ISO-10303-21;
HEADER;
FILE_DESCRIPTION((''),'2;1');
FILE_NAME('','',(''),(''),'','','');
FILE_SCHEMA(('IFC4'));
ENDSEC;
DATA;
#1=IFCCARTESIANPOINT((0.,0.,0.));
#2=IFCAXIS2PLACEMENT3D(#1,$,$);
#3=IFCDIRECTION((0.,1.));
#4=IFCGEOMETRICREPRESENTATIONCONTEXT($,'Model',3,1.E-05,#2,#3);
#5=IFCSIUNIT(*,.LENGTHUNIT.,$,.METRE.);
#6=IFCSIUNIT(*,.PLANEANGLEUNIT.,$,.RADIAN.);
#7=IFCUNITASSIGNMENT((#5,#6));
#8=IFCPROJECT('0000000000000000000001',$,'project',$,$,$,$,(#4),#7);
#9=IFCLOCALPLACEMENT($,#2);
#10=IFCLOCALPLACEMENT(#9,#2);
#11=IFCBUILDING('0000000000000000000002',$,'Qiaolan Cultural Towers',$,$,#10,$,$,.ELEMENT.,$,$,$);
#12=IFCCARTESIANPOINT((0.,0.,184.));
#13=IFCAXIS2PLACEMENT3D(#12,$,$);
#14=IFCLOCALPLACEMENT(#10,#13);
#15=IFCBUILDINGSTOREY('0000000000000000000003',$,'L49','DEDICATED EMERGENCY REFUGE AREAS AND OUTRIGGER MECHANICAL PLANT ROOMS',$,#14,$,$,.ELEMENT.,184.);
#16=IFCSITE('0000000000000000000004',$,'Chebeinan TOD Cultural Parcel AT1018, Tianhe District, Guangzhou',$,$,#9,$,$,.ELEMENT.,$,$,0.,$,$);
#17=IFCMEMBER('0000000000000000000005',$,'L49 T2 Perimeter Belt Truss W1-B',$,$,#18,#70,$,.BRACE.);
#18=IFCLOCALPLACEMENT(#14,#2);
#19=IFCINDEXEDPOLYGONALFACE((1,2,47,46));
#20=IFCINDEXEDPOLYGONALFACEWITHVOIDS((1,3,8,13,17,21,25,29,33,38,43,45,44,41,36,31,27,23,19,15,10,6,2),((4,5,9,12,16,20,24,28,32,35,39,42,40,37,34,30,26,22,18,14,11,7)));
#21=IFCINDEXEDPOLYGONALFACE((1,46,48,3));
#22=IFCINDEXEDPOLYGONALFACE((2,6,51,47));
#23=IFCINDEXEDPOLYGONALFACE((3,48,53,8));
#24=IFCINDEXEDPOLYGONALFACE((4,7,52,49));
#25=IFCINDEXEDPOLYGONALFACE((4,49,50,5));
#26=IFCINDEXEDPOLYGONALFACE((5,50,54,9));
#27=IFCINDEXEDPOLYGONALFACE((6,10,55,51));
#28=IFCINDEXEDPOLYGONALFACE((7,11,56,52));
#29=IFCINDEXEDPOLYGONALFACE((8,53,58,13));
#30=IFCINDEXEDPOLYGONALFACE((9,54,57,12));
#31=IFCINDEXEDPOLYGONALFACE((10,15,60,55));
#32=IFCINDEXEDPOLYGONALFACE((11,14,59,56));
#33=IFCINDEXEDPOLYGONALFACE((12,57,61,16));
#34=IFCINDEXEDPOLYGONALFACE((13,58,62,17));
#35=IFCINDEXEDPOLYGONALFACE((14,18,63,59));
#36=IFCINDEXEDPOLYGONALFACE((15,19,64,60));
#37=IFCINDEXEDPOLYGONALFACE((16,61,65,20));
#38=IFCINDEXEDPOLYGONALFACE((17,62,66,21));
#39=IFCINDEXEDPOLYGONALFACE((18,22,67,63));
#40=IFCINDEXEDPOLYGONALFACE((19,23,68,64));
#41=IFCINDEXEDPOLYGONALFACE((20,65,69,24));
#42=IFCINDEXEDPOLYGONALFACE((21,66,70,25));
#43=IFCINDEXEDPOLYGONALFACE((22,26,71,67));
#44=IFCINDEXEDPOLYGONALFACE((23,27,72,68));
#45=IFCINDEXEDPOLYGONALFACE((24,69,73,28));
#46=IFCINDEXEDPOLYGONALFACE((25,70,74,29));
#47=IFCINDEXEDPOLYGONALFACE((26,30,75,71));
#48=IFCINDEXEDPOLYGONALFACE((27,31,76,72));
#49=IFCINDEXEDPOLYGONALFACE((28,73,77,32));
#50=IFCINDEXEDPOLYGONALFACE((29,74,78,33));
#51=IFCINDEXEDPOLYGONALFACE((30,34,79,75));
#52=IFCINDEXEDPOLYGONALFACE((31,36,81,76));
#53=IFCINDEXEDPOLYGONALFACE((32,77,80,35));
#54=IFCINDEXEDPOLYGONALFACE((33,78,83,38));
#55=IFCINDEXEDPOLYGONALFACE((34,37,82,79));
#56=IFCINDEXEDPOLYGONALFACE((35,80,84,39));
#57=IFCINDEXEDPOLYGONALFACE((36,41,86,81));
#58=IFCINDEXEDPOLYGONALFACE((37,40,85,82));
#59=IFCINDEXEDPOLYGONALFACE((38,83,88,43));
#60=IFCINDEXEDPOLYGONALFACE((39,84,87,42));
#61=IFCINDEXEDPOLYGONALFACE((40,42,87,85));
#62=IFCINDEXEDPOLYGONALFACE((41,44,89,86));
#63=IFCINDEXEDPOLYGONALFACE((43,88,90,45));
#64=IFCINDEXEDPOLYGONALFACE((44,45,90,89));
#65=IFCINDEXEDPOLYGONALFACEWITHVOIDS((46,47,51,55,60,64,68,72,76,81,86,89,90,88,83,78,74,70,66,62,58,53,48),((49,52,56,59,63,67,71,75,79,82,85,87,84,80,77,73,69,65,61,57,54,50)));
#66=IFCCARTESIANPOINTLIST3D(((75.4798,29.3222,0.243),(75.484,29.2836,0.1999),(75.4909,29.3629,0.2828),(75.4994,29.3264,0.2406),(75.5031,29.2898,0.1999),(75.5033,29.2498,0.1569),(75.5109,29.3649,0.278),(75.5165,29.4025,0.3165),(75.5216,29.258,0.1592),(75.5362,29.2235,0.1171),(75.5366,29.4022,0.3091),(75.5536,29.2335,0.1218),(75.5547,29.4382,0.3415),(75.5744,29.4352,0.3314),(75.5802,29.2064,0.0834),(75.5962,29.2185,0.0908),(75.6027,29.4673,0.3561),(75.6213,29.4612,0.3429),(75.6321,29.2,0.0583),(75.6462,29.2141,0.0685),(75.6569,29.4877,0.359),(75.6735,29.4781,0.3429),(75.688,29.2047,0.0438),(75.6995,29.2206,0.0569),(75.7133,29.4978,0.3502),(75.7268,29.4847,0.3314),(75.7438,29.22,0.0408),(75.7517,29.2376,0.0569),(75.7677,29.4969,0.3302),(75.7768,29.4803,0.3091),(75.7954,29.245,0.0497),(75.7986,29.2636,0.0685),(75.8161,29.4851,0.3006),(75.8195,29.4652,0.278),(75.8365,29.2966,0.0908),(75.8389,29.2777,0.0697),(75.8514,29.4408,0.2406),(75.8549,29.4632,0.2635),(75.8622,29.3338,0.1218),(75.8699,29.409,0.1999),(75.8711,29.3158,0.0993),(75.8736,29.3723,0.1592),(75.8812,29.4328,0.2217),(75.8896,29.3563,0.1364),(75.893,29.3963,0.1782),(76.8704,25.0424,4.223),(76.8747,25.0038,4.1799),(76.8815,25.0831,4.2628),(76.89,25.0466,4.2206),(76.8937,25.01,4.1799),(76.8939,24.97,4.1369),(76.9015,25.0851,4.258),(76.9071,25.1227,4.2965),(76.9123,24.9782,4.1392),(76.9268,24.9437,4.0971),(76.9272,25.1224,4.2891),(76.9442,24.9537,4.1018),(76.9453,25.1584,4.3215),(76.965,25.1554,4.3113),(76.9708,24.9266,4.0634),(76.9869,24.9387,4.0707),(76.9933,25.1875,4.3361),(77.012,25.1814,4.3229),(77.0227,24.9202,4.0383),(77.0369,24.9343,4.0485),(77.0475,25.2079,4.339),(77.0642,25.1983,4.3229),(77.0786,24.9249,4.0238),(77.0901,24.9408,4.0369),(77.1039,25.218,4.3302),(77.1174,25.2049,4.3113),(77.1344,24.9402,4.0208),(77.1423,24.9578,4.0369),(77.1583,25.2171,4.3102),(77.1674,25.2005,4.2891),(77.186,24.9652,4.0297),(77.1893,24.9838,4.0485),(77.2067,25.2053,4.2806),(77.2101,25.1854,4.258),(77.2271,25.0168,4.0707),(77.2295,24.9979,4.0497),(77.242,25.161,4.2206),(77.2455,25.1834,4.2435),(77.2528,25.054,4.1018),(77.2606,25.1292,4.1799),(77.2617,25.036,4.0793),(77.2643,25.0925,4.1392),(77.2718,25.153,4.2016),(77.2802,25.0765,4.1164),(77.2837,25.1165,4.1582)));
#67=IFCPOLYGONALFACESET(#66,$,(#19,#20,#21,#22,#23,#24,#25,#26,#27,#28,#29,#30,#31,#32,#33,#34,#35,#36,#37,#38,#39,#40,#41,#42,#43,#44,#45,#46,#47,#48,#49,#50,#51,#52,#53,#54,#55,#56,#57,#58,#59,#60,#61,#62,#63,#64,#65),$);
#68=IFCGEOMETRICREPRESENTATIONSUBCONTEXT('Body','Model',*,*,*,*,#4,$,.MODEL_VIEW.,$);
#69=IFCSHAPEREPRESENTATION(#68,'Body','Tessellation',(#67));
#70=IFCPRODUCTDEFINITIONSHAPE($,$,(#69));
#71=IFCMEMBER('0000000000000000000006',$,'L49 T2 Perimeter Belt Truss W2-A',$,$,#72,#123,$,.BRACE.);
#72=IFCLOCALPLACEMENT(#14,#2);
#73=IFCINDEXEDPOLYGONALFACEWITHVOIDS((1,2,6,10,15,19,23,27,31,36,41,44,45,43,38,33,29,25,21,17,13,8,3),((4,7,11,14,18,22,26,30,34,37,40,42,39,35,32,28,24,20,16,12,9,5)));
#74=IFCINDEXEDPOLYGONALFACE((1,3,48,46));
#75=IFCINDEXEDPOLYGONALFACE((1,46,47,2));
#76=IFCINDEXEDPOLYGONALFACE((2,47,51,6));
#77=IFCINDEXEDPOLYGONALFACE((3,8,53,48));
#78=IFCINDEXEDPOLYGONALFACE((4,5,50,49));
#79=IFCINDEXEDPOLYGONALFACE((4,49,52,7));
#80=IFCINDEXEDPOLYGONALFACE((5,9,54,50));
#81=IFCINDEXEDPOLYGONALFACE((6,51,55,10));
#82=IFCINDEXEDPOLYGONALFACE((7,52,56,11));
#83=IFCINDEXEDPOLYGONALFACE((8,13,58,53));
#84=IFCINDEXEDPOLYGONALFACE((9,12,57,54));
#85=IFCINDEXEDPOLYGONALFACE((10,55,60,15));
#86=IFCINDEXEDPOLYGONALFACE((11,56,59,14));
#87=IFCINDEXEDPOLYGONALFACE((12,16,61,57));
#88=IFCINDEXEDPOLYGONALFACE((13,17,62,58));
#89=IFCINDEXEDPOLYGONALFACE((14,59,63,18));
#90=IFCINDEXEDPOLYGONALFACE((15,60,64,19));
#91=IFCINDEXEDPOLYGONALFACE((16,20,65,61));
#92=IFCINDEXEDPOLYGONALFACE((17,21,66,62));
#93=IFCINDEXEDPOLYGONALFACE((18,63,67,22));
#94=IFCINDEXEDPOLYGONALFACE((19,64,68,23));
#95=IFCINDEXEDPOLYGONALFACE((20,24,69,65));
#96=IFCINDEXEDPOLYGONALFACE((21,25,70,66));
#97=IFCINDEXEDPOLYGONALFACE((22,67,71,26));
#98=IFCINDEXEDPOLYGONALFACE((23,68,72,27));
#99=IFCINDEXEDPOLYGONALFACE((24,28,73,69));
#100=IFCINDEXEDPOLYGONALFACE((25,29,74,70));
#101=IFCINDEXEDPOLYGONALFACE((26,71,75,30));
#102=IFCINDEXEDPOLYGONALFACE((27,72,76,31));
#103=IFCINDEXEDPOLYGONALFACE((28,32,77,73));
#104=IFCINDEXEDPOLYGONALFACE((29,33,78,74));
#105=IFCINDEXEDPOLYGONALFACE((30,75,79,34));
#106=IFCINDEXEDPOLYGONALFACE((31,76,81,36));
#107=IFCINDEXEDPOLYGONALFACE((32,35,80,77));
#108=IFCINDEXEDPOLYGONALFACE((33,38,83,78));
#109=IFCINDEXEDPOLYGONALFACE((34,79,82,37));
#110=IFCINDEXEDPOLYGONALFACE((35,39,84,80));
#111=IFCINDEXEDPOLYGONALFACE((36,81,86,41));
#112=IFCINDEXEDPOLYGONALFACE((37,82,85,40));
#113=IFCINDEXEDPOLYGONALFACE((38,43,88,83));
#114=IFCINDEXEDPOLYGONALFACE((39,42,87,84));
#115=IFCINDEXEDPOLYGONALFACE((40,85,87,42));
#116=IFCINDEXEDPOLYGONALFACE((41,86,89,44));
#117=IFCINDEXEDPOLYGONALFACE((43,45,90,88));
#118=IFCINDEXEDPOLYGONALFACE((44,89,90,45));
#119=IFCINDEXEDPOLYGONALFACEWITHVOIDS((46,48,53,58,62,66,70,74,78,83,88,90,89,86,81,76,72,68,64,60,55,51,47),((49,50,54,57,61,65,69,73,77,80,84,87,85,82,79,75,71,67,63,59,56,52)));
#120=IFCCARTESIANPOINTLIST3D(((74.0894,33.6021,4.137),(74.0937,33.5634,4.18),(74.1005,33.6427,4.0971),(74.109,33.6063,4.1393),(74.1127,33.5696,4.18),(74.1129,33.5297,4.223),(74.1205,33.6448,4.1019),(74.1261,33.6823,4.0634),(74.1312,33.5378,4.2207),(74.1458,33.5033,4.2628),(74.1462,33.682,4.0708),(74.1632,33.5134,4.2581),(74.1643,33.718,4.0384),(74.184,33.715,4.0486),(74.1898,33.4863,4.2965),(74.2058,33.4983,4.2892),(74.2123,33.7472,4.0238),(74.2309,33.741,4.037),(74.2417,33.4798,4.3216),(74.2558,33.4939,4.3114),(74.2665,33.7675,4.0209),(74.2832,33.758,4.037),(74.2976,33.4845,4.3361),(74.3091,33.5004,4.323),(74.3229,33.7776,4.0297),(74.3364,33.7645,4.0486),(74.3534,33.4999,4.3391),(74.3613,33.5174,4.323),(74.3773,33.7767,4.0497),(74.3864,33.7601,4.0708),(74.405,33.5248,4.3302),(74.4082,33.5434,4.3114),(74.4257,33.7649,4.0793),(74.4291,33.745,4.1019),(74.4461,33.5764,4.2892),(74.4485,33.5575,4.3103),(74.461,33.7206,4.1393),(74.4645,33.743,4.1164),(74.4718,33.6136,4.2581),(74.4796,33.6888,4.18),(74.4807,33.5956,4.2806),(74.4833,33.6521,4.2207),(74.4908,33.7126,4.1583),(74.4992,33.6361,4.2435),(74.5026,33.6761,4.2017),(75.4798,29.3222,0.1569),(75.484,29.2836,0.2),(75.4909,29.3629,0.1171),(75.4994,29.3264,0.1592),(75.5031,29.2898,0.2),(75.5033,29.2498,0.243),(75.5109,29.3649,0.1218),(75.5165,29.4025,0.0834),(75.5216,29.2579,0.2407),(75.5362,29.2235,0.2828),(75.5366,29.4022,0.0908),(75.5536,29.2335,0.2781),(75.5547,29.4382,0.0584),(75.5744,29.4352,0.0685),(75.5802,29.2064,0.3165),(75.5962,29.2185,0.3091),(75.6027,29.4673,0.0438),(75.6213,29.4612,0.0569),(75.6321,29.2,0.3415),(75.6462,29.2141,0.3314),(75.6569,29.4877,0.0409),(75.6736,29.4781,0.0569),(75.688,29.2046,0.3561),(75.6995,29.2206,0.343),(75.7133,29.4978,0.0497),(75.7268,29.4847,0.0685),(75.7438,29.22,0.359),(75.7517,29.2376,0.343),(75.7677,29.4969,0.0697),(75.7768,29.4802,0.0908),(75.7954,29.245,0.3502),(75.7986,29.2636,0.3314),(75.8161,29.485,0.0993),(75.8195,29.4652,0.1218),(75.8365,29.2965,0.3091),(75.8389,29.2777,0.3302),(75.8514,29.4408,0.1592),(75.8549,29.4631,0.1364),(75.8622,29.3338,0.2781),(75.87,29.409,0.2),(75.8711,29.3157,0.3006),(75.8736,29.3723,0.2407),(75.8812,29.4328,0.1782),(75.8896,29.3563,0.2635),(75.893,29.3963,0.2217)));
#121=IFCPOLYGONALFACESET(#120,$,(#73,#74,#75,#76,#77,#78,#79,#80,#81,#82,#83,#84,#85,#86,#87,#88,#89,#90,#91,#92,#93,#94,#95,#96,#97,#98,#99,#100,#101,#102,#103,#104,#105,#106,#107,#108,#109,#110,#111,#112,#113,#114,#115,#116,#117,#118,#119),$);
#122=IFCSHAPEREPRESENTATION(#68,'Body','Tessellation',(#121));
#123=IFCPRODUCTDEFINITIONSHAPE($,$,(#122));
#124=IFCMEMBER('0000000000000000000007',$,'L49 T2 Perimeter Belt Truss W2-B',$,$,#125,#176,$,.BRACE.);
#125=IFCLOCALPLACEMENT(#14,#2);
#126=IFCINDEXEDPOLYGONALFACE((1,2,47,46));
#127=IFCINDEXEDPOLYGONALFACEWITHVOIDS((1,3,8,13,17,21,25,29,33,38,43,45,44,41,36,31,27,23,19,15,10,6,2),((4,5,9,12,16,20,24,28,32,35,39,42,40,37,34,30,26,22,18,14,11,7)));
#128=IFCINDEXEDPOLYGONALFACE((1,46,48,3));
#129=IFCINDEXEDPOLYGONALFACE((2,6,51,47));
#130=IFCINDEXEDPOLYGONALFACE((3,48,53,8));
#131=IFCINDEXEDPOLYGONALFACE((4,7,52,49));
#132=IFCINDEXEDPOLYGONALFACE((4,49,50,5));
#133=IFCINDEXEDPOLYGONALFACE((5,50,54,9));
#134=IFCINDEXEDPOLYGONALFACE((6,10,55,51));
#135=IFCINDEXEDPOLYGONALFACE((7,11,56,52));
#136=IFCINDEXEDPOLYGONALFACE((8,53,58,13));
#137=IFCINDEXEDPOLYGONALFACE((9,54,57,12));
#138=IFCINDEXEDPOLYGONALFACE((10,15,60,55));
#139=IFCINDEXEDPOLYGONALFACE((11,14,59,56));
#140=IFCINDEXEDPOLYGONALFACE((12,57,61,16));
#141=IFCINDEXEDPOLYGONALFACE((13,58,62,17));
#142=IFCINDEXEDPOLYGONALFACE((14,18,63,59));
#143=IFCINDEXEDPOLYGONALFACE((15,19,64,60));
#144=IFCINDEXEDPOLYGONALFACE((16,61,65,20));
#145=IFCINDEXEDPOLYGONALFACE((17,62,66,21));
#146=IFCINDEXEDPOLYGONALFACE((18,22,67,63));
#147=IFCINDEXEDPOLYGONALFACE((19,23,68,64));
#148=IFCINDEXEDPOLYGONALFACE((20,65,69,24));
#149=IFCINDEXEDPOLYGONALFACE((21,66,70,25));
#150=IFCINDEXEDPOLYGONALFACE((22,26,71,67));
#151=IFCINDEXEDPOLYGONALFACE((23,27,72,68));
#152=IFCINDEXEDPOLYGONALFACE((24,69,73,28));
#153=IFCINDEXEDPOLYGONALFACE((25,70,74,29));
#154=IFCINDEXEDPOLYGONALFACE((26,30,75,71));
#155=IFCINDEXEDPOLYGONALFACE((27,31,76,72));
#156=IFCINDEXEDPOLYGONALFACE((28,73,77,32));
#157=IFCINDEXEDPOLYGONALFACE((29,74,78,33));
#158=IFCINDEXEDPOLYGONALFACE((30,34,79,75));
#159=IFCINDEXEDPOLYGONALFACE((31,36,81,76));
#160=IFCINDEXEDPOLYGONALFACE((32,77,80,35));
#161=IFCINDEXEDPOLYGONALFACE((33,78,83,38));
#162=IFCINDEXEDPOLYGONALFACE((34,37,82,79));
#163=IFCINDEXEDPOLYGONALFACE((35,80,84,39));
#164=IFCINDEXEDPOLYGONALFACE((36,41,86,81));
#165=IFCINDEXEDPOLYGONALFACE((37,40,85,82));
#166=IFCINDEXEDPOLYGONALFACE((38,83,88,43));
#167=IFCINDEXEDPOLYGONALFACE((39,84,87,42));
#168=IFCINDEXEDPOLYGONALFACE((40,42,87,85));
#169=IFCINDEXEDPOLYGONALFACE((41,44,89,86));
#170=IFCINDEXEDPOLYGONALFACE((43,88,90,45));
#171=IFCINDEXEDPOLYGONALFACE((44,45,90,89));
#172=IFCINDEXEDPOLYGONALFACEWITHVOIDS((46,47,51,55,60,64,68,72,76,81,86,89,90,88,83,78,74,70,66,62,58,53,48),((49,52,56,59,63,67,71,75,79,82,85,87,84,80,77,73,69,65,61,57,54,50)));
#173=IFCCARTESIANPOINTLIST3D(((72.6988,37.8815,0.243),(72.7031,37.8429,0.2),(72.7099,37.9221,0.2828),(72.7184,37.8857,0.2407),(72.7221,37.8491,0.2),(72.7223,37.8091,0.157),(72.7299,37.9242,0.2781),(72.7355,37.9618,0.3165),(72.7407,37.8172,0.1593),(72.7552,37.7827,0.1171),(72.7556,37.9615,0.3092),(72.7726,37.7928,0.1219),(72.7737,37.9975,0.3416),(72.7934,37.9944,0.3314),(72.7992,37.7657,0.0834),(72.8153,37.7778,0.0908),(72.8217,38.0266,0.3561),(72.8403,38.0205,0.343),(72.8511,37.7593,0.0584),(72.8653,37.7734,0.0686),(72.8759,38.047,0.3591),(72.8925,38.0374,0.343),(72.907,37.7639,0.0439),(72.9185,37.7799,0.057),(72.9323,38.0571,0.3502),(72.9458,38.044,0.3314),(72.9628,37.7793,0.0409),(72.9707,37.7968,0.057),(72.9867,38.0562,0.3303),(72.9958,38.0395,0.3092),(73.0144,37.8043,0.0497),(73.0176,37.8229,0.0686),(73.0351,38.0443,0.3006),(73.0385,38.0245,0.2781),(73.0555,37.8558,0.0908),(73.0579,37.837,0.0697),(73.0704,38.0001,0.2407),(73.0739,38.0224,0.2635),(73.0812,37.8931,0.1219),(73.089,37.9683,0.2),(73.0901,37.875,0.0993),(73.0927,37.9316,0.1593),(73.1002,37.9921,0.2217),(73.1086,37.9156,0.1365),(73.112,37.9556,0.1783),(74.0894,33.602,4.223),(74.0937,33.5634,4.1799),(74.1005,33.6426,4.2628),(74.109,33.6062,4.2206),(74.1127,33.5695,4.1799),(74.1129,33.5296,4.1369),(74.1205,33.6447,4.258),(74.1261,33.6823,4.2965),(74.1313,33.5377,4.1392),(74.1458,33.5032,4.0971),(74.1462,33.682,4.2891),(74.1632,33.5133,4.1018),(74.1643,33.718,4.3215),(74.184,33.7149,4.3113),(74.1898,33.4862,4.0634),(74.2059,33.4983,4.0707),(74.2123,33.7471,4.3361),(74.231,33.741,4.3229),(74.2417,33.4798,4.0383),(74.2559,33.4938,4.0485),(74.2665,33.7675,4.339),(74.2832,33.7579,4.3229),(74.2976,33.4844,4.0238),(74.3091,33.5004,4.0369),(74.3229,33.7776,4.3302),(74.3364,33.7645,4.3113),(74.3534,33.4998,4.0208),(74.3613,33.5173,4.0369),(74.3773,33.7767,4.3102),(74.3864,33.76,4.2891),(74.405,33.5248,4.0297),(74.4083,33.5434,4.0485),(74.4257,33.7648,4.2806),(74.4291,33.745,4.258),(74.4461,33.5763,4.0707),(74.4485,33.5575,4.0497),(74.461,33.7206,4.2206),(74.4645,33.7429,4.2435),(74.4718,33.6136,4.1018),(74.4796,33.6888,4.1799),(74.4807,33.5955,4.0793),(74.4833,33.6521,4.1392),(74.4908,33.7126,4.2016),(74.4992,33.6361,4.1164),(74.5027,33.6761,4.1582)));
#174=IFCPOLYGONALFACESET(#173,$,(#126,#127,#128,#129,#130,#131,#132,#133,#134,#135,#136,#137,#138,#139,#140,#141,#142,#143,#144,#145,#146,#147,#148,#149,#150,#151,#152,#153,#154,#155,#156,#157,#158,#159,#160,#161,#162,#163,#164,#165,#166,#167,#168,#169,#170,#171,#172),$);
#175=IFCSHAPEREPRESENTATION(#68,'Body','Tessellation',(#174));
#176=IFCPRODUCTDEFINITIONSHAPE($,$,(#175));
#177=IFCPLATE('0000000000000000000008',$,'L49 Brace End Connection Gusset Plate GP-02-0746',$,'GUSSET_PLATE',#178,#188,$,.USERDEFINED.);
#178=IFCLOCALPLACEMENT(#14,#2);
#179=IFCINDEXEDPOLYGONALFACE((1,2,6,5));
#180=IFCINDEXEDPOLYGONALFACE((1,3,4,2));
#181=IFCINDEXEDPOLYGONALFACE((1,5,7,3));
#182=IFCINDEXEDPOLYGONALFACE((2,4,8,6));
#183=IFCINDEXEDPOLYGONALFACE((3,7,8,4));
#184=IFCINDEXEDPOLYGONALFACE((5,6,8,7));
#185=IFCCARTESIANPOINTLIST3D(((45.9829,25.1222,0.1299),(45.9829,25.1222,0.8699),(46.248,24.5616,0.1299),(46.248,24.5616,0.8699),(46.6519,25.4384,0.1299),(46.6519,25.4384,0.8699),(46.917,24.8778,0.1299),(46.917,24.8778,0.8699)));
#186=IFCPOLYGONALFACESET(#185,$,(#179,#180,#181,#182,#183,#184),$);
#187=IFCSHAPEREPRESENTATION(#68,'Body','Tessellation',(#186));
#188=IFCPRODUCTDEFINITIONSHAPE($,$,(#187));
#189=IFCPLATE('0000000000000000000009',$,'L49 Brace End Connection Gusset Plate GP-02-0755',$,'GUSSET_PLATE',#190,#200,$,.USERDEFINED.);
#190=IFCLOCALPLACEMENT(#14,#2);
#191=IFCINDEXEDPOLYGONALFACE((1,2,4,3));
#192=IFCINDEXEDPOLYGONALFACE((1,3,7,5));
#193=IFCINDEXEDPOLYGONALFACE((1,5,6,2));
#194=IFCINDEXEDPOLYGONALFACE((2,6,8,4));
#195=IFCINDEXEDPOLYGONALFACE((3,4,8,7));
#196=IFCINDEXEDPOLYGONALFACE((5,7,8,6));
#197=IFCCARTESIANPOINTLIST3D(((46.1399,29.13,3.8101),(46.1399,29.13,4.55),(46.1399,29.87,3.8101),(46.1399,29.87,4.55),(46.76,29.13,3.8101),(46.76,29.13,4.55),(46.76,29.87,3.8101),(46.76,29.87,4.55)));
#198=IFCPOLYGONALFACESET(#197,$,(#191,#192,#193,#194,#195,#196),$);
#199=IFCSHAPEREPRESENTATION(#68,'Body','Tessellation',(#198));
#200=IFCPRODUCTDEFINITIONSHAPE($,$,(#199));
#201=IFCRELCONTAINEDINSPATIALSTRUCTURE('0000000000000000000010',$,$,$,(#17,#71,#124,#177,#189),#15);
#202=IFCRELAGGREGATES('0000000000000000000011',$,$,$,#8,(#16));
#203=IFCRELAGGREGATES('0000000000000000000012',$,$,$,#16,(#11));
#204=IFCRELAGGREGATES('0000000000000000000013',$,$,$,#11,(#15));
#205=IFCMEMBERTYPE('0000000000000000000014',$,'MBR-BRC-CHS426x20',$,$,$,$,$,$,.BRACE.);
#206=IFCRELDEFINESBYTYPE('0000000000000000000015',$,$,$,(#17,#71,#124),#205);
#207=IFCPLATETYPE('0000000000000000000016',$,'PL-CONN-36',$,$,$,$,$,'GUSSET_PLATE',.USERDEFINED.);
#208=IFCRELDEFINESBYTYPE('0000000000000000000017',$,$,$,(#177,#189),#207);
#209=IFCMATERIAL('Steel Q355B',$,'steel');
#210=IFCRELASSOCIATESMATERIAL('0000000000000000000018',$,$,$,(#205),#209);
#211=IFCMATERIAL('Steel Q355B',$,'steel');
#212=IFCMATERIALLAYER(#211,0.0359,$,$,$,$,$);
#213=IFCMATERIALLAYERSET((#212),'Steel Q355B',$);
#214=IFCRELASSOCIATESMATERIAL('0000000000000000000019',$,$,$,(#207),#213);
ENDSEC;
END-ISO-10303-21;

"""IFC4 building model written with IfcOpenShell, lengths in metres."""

from ifc_helpers import new_model, si_unit, direction, frame, origin, origin_2d, place, context, subcontext, project, spatial, rectangle, hollow_circle, extrude, material, layer, layer_set, material_profile, profile_set, type_object, element, save


model = new_model("IFC4")

# Units and contexts
model_context = context("Model", 3, precision=1e-05, world=origin(), true_north=direction((0.0, 1.0)))
body_context = subcontext(model_context, "Body", "Model", "MODEL_VIEW")
ifc_project = project(units=[si_unit("LENGTHUNIT", "METRE"), si_unit("PLANEANGLEUNIT", "RADIAN")], contexts=[model_context])

# Site, building, storey
site_placement = place(None, origin())
site = spatial("IfcSite", under=ifc_project, at=site_placement, Name="Chebeinan TOD Cultural Parcel AT1018, Tianhe District, Guangzhou", CompositionType="ELEMENT", RefElevation=0.0)
building_placement = place(site_placement, origin())
building = spatial("IfcBuilding", under=site, at=building_placement, Name="Qiaolan Cultural Towers", CompositionType="ELEMENT")
storey_placement = place(building_placement, frame((0.0, 0.0, 184.0)))
storey = spatial("IfcBuildingStorey", under=building, at=storey_placement, Name="L49", Description="DEDICATED EMERGENCY REFUGE AREAS AND OUTRIGGER MECHANICAL PLANT ROOMS", CompositionType="ELEMENT", Elevation=184.0)

# Members
ifc_material_1 = material(Name="Steel Q355B", Category="steel")
ifc_material_profile_1 = material_profile(ifc_material_1, hollow_circle(Radius=0.2129, WallThickness=0.02, at=origin_2d()), Name="CHS426x20")
ifc_profile_set_1 = profile_set([ifc_material_profile_1], Name="Steel Q355B")
member_type = type_object("IfcMemberType", Name="MBR-BRC-CHS426x20", PredefinedType="BRACE", material=ifc_profile_set_1)
for number, where, z_axis, x_axis, name in (
    (1, (77.0771, 25.0696, 4.1799), (-0.23148, 0.712401, -0.662497), (-0.951054, -0.309025, 0.0), "L49 T2 Perimeter Belt Truss W1-B"),
    (2, (75.6865, 29.3494, 0.2), (-0.231441, 0.712408, 0.662503), (-0.95107, -0.308976, 0.0), "L49 T2 Perimeter Belt Truss W2-A"),
):
    element("IfcMember", number, at=place(storey_placement, frame(where, z_axis=z_axis, x_axis=x_axis)), inside=storey, type_object=member_type, Name=name, PredefinedType="BRACE", context=body_context, shape_type="SweptSolid", body=[
        extrude(hollow_circle(Radius=0.2129, WallThickness=0.02, at=origin_2d()), origin(), (0.0, 0.0, 1.0), 6.0076),
    ])
member_placement = place(storey_placement, frame((74.2961, 33.6292, 4.1799), z_axis=(-0.231486, 0.712381, -0.662516), x_axis=(-0.951049, -0.309041, 0.0)))
element("IfcMember", 3, at=member_placement, inside=storey, type_object=member_type, Name="L49 T2 Perimeter Belt Truss W2-B", PredefinedType="BRACE", context=body_context, shape_type="SweptSolid", body=[
    extrude(hollow_circle(Radius=0.2129, WallThickness=0.02, at=origin_2d()), origin(), (0.0, 0.0, 1.0), 6.0073),
])

# Plates
ifc_material_2 = material(Name="Steel Q355B", Category="steel")
ifc_layer_1 = layer(ifc_material_2, 0.0359)
ifc_layer_set_1 = layer_set([ifc_layer_1], Name="Steel Q355B")
plate_type_1 = type_object("IfcPlateType", Name="PL-CONN-36", ElementType="GUSSET_PLATE", PredefinedType="USERDEFINED", material=ifc_layer_set_1)
for number, where, z_axis, x_axis, name in (
    (4, (46.45, 25.0, 0.1299), (0.0, 0.0, 1.0), (0.904072, 0.42738, 0.0), "L49 Brace End Connection Gusset Plate GP-02-0746"),
    (5, (46.45, 29.5, 3.8101), (0.0, 0.0, 1.0), (0.0, 1.0, 0.0), "L49 Brace End Connection Gusset Plate GP-02-0755"),
):
    element("IfcPlate", number, at=place(storey_placement, frame(where, z_axis=z_axis, x_axis=x_axis)), inside=storey, type_object=plate_type_1, Name=name, ObjectType="GUSSET_PLATE", PredefinedType="USERDEFINED", context=body_context, shape_type="SweptSolid", body=[
        extrude(rectangle(XDim=0.74, YDim=0.6201, at=origin_2d()), origin(), (0.0, 0.0, 1.0), 0.74),
    ])

save(model, "model.ifc")
